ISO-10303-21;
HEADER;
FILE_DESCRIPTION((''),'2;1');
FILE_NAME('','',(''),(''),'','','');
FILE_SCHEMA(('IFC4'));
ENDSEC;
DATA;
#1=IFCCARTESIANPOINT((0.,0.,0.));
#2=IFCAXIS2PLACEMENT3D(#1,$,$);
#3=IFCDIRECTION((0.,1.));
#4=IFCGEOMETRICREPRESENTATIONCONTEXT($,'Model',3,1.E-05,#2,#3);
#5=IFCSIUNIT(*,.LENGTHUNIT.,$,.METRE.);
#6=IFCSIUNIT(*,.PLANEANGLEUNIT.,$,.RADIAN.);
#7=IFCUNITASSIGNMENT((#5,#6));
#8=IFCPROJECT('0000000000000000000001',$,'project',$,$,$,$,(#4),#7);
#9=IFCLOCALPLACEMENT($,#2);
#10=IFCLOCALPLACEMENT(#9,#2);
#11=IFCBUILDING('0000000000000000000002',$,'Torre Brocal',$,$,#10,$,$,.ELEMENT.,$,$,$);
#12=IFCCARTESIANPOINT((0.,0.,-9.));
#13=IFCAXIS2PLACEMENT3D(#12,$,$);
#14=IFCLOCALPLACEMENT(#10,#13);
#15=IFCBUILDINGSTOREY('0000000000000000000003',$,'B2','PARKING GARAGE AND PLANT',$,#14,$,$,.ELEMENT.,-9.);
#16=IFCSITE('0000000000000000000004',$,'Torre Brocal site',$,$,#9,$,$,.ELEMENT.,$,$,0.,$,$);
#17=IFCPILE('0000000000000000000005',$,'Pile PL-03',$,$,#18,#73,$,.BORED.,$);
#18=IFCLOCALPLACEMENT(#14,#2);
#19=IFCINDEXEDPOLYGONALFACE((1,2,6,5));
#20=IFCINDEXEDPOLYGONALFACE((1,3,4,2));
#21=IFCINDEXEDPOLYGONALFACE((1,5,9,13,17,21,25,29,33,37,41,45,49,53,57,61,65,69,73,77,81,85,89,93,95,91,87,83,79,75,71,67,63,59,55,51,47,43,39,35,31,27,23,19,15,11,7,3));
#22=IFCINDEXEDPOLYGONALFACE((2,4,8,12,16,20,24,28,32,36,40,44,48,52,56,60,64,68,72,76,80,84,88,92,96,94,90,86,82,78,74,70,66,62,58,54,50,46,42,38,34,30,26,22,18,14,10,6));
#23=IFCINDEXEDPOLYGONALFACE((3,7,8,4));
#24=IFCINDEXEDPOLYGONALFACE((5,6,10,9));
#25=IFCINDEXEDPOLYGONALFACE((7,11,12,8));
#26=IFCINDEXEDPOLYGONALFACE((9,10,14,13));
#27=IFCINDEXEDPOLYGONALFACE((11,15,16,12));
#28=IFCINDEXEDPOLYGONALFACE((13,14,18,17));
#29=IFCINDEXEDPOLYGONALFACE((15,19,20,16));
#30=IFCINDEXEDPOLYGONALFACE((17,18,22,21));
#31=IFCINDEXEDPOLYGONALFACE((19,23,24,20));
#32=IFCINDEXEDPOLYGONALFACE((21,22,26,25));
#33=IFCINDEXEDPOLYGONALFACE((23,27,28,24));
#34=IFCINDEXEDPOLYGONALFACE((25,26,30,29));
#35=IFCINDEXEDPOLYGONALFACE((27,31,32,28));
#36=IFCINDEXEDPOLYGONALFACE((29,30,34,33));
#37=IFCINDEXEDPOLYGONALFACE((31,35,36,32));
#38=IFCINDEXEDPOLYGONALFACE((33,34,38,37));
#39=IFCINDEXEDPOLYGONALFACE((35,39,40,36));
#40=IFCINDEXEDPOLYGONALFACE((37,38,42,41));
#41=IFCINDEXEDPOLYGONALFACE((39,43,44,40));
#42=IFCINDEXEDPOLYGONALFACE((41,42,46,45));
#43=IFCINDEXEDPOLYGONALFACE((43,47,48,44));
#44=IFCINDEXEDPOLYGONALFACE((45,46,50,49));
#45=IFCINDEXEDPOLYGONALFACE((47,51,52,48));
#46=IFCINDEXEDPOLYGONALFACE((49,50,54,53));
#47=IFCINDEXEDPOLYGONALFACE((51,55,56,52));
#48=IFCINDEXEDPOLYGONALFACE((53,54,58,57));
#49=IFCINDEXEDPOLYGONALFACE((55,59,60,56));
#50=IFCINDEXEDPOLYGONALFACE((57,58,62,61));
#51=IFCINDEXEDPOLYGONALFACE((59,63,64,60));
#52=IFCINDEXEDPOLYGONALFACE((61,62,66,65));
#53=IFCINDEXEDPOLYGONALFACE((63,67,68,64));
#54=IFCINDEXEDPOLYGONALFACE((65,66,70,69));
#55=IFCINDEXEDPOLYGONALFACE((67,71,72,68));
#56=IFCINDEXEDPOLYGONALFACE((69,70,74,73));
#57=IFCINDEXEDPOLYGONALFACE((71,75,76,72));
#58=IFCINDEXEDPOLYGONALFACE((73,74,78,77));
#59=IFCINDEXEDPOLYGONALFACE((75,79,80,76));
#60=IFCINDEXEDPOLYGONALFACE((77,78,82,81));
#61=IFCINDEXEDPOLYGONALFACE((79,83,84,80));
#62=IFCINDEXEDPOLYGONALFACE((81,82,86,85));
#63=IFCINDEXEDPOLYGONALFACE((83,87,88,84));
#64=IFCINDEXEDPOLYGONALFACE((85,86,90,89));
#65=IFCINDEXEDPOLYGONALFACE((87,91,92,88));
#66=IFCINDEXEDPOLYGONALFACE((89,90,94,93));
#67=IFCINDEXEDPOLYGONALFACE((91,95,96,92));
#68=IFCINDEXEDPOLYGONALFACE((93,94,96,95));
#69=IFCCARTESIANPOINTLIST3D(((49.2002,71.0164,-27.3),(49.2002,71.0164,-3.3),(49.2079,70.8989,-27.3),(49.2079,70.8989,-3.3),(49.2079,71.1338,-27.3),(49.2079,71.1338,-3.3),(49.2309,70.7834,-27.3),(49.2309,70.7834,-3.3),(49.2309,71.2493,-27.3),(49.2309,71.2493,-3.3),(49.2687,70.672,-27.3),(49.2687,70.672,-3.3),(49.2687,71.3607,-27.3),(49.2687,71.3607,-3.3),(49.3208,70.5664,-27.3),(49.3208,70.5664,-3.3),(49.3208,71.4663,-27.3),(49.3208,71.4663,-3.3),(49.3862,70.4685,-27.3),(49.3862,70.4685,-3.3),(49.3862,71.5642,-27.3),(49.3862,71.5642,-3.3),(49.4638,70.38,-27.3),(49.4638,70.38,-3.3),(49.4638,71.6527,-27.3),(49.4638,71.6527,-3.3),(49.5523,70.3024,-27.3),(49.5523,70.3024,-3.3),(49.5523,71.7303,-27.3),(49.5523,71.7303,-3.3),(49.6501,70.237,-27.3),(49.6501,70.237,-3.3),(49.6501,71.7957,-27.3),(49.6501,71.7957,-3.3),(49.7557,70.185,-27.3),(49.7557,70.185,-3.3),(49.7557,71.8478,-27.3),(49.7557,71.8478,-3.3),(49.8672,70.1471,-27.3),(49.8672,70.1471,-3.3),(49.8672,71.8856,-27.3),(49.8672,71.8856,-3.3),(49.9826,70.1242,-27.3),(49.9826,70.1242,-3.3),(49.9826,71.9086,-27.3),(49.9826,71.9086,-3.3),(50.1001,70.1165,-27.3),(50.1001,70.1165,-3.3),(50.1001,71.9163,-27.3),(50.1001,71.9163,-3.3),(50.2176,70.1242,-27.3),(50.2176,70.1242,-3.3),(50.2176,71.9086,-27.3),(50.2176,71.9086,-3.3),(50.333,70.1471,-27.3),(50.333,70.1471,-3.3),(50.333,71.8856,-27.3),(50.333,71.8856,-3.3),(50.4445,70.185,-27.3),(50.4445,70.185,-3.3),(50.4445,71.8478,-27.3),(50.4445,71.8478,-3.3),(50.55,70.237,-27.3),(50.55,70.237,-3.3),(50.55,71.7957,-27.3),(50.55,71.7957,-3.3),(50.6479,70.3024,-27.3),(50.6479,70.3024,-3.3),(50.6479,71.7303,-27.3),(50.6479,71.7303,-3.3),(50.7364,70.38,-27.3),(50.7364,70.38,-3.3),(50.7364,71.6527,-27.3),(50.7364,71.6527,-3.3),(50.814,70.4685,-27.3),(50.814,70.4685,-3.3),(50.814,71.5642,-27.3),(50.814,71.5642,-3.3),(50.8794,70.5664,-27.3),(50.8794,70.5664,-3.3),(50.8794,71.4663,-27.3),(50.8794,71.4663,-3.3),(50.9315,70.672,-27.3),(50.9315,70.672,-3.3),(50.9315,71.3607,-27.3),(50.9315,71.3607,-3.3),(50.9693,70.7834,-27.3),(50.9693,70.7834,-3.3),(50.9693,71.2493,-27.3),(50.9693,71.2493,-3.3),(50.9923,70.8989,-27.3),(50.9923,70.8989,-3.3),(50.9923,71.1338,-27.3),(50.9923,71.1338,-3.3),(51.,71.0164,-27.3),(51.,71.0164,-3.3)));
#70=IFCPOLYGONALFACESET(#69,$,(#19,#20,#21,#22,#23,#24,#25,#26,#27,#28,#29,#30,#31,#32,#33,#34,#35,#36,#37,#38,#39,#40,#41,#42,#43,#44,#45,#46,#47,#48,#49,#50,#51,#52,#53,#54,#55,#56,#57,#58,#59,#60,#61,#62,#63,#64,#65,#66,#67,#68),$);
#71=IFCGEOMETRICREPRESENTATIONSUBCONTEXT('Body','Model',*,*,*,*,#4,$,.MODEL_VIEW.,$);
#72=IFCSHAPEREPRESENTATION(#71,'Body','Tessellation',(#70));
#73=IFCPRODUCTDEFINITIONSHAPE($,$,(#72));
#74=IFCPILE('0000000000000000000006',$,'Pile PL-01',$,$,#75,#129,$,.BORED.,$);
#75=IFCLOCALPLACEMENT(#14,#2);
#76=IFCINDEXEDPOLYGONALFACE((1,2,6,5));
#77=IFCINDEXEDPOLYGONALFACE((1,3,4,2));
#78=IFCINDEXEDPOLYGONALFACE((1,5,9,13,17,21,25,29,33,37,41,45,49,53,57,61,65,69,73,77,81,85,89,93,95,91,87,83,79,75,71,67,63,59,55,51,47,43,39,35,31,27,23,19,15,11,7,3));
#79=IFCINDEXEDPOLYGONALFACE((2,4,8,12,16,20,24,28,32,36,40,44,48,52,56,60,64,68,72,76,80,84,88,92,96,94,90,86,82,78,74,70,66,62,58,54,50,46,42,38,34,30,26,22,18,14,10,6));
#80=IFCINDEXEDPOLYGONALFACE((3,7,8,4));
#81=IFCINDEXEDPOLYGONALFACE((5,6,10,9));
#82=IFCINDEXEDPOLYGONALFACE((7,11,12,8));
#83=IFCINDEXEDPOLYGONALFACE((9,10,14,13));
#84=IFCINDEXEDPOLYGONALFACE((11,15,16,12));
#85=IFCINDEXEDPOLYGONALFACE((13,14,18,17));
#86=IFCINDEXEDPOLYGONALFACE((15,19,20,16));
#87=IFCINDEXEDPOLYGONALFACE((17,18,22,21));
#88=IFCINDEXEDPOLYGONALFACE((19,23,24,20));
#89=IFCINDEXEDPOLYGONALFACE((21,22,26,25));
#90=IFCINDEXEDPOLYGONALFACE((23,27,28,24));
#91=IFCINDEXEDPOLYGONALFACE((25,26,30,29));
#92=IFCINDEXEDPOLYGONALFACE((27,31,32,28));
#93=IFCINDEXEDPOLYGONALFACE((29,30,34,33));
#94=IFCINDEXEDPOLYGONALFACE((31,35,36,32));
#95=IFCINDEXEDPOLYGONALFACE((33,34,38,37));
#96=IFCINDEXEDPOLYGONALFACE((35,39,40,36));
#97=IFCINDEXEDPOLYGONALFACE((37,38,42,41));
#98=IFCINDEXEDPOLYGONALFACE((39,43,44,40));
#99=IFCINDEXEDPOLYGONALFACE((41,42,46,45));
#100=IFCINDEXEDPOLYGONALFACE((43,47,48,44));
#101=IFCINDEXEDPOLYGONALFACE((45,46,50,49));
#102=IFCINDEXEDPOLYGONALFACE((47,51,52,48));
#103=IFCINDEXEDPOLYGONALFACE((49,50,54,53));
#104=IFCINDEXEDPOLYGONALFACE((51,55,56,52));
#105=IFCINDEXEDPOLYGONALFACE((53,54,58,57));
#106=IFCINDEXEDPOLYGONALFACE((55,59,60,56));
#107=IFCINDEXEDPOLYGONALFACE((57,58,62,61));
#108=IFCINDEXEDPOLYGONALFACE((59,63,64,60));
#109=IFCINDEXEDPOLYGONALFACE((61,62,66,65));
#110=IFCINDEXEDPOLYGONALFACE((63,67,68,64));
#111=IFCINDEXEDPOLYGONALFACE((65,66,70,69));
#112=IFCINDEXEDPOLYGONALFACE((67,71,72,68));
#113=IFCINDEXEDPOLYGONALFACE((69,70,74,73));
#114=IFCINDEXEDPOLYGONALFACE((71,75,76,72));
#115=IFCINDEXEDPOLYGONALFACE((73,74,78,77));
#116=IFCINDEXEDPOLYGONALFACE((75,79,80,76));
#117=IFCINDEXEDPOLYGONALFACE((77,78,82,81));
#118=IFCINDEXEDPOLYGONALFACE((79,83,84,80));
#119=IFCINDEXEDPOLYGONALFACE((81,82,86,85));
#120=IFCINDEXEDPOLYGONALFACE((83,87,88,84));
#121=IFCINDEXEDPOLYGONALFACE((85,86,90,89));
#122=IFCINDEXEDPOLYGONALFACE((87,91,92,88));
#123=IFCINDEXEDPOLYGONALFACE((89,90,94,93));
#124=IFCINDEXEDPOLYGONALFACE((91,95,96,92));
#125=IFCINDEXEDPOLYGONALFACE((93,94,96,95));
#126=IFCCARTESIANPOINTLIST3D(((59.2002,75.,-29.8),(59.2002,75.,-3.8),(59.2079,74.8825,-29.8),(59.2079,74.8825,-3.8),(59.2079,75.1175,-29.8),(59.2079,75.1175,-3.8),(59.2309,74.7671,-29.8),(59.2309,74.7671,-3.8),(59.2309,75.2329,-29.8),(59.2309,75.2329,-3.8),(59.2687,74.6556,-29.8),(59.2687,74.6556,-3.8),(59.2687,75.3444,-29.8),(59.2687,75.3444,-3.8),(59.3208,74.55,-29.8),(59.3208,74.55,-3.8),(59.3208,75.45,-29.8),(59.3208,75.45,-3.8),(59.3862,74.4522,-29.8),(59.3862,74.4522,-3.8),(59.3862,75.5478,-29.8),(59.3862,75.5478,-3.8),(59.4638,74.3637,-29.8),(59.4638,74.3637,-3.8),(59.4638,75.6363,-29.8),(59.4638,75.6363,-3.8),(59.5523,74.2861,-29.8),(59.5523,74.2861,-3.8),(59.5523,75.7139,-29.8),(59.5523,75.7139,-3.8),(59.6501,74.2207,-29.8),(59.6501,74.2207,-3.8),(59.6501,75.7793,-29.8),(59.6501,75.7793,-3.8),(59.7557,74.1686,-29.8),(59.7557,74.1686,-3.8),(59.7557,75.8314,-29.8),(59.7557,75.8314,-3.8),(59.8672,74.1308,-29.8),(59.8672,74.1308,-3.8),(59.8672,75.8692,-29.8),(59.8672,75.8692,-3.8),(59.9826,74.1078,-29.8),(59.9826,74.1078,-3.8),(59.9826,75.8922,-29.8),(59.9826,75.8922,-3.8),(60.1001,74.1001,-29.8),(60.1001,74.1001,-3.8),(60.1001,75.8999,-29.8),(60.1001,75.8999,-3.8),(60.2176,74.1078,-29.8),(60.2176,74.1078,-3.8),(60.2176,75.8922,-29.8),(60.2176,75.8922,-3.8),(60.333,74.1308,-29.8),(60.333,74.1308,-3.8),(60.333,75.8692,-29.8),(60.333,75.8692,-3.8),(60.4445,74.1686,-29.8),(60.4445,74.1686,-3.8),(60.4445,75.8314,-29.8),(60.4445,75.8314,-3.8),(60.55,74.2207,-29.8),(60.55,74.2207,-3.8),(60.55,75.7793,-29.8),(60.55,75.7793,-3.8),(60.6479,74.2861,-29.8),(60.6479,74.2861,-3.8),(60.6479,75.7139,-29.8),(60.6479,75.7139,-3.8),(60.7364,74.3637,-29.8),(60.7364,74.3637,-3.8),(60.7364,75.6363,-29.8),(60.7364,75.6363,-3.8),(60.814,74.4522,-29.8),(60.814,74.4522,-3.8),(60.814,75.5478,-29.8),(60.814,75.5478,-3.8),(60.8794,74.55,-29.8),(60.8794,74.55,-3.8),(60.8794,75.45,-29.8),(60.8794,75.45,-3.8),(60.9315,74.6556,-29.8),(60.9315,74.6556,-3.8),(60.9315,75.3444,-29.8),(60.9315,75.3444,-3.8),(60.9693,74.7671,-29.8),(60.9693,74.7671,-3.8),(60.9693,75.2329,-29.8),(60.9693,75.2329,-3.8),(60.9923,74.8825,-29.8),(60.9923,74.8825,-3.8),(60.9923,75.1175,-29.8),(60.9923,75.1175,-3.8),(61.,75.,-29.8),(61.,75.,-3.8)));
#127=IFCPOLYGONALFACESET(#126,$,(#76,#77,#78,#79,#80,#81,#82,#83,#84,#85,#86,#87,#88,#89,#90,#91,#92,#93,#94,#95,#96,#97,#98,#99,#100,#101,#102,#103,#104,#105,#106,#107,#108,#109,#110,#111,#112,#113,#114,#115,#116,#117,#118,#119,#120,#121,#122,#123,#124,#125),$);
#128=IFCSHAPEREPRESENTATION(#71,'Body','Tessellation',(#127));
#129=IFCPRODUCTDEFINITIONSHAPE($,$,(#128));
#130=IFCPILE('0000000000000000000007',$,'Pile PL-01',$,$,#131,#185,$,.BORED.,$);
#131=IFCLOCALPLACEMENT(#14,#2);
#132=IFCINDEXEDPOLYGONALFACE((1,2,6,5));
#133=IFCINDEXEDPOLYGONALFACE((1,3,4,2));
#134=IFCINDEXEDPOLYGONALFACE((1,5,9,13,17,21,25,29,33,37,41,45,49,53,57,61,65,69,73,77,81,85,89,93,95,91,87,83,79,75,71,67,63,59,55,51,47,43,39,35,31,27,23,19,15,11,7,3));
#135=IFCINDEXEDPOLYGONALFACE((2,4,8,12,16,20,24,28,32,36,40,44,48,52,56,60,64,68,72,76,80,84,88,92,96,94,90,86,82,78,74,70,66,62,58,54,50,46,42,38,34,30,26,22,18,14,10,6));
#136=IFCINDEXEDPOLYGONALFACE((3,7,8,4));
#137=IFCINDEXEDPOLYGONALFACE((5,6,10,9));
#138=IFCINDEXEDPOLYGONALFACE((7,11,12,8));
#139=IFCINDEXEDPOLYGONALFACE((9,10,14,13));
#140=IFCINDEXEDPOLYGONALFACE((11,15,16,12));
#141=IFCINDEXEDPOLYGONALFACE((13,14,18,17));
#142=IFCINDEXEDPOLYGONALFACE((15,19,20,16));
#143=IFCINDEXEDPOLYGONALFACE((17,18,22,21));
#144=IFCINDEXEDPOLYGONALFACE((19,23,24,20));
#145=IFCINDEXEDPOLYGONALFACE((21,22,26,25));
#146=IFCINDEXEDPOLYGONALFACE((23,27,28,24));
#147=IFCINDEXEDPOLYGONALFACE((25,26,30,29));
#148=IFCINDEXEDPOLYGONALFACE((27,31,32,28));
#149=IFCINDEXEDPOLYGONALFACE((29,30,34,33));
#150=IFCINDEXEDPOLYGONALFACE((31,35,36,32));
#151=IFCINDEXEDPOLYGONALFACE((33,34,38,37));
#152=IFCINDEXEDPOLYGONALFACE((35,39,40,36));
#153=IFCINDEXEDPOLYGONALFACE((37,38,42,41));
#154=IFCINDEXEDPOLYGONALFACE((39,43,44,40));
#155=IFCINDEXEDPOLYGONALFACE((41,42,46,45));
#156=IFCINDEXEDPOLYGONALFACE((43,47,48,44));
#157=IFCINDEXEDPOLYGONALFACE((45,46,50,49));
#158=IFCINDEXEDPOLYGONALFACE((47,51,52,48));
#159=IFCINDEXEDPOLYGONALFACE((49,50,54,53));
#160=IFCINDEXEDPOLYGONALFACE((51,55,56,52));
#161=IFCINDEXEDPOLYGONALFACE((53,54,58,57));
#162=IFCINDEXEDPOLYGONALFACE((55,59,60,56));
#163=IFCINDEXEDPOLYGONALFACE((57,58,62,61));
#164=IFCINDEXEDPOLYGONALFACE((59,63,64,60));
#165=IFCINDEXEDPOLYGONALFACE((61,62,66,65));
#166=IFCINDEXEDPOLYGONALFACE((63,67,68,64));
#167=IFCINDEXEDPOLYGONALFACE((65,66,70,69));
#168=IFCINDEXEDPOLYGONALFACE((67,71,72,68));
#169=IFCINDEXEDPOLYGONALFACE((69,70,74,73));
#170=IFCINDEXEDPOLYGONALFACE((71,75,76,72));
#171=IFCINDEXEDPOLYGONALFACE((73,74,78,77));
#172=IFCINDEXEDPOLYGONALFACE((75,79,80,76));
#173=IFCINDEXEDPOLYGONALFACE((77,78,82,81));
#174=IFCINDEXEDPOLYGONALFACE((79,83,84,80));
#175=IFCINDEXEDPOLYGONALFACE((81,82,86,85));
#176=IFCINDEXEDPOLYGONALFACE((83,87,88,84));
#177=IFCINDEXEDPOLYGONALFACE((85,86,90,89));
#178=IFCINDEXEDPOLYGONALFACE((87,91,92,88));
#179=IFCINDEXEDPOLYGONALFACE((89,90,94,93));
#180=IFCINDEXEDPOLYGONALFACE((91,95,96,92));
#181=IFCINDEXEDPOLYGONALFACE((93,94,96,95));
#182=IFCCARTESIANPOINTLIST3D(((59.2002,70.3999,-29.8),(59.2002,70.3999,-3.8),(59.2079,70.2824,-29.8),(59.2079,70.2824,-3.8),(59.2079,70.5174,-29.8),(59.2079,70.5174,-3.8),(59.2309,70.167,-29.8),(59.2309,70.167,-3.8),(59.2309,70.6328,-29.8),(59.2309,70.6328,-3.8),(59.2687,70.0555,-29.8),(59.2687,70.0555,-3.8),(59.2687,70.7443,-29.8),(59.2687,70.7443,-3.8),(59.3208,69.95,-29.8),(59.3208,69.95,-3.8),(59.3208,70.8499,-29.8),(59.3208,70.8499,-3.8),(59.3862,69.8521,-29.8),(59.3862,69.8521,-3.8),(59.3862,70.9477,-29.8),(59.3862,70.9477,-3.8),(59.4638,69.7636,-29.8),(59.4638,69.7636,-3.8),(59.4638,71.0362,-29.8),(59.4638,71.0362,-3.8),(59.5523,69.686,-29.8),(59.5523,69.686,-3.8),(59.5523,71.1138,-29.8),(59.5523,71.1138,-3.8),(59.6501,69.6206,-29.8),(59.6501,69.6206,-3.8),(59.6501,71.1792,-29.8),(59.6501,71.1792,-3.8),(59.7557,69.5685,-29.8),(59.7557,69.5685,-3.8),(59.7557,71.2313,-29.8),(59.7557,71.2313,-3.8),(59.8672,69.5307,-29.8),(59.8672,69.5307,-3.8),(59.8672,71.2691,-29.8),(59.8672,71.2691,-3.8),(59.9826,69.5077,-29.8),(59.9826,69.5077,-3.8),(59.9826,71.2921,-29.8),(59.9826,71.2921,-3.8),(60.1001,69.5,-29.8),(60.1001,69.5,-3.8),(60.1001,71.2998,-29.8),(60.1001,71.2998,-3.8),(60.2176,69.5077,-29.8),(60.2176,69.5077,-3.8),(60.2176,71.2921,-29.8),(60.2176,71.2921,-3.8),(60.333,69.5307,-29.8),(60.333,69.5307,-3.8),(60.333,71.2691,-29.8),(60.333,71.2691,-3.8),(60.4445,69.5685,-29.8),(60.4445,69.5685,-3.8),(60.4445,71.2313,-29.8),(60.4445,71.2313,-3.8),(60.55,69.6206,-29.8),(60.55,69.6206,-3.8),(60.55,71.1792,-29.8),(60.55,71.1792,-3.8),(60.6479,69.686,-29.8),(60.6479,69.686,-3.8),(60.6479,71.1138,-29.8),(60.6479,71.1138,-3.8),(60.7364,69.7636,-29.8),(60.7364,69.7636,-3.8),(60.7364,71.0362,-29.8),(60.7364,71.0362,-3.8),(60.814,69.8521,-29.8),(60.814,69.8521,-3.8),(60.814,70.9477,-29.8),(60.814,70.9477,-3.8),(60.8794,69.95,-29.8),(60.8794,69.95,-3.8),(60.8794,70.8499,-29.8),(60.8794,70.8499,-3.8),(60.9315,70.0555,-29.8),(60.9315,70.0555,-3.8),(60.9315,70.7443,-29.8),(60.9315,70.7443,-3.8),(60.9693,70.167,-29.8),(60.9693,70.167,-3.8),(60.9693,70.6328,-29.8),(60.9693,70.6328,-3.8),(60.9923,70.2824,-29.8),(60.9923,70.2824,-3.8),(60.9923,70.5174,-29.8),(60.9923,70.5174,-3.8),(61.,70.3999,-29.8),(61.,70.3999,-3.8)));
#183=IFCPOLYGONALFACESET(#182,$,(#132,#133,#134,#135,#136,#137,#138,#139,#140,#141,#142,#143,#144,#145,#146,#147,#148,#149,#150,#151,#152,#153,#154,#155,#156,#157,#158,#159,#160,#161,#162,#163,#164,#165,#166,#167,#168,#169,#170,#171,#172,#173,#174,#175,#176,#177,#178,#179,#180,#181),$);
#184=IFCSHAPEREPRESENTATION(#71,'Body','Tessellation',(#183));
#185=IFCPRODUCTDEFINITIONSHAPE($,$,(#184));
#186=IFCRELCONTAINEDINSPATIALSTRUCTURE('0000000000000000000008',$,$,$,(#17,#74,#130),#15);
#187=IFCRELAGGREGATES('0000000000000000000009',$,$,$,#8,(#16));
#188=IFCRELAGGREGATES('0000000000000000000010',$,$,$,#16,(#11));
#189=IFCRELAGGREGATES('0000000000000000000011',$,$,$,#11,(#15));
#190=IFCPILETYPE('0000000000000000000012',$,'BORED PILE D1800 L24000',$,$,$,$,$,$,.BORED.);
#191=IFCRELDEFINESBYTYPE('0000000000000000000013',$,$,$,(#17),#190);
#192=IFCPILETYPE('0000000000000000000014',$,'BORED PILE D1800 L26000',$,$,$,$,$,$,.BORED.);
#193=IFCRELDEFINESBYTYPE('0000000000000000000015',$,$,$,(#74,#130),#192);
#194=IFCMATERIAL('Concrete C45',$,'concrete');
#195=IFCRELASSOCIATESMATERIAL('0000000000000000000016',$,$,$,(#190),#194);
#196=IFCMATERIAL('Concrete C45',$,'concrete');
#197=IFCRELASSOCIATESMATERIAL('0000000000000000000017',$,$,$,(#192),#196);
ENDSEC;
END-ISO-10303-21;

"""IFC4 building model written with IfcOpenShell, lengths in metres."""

from ifc_helpers import new_model, si_unit, direction, frame, origin, origin_2d, place, context, subcontext, project, spatial, circle, extrude, material, material_profile, profile_set, type_object, element, save


model = new_model("IFC4")

# Units and contexts
model_context = context("Model", 3, precision=1e-05, world=origin(), true_north=direction((0.0, 1.0)))
body_context = subcontext(model_context, "Body", "Model", "MODEL_VIEW")
ifc_project = project(units=[si_unit("LENGTHUNIT", "METRE"), si_unit("PLANEANGLEUNIT", "RADIAN")], contexts=[model_context])

# Site, building, storey
site_placement = place(None, origin())
site = spatial("IfcSite", under=ifc_project, at=site_placement, Name="Torre Brocal site", CompositionType="ELEMENT", RefElevation=0.0)
building_placement = place(site_placement, origin())
building = spatial("IfcBuilding", under=site, at=building_placement, Name="Torre Brocal", CompositionType="ELEMENT")
storey_placement = place(building_placement, frame((0.0, 0.0, -9.0)))
storey = spatial("IfcBuildingStorey", under=building, at=storey_placement, Name="B2", Description="PARKING GARAGE AND PLANT", CompositionType="ELEMENT", Elevation=-9.0)

# Piles
ifc_material_1 = material(Name="Concrete C45", Category="concrete")
ifc_material_profile_1 = material_profile(ifc_material_1, circle(Radius=0.8999, at=origin_2d()), Name="BORED PILE D1800")
ifc_profile_set_1 = profile_set([ifc_material_profile_1], Name="Concrete C45")
pile_type_1 = type_object("IfcPileType", Name="BORED PILE D1800 L24000", PredefinedType="BORED", material=ifc_profile_set_1)
pile_placement = place(storey_placement, frame((50.1001, 71.0164, -3.3), z_axis=(0.0, 0.0, -1.0), x_axis=(1.0, 0.0, 0.0)))
element("IfcPile", 1, at=pile_placement, inside=storey, type_object=pile_type_1, Name="Pile PL-03", PredefinedType="BORED", context=body_context, shape_type="SweptSolid", body=[
    extrude(circle(Radius=0.8999, at=origin_2d()), origin(), (0.0, 0.0, 1.0), 24.0),
])
ifc_material_2 = material(Name="Concrete C45", Category="concrete")
ifc_material_profile_2 = material_profile(ifc_material_2, circle(Radius=0.8999, at=origin_2d()), Name="BORED PILE D1800")
ifc_profile_set_2 = profile_set([ifc_material_profile_2], Name="Concrete C45")
pile_type_2 = type_object("IfcPileType", Name="BORED PILE D1800 L26000", PredefinedType="BORED", material=ifc_profile_set_2)
for number, where, z_axis, x_axis, name in (
    (2, (60.1001, 75.0, -3.8), (0.0, 0.0, -1.0), (1.0, 0.0, 0.0), "Pile PL-01"),
    (3, (60.1001, 70.3999, -3.8), (0.0, 0.0, -1.0), (1.0, 0.0, 0.0), "Pile PL-01"),
):
    element("IfcPile", number, at=place(storey_placement, frame(where, z_axis=z_axis, x_axis=x_axis)), inside=storey, type_object=pile_type_2, Name=name, PredefinedType="BORED", context=body_context, shape_type="SweptSolid", body=[
        extrude(circle(Radius=0.8999, at=origin_2d()), origin(), (0.0, 0.0, 1.0), 26.0),
    ])

save(model, "model.ifc")
